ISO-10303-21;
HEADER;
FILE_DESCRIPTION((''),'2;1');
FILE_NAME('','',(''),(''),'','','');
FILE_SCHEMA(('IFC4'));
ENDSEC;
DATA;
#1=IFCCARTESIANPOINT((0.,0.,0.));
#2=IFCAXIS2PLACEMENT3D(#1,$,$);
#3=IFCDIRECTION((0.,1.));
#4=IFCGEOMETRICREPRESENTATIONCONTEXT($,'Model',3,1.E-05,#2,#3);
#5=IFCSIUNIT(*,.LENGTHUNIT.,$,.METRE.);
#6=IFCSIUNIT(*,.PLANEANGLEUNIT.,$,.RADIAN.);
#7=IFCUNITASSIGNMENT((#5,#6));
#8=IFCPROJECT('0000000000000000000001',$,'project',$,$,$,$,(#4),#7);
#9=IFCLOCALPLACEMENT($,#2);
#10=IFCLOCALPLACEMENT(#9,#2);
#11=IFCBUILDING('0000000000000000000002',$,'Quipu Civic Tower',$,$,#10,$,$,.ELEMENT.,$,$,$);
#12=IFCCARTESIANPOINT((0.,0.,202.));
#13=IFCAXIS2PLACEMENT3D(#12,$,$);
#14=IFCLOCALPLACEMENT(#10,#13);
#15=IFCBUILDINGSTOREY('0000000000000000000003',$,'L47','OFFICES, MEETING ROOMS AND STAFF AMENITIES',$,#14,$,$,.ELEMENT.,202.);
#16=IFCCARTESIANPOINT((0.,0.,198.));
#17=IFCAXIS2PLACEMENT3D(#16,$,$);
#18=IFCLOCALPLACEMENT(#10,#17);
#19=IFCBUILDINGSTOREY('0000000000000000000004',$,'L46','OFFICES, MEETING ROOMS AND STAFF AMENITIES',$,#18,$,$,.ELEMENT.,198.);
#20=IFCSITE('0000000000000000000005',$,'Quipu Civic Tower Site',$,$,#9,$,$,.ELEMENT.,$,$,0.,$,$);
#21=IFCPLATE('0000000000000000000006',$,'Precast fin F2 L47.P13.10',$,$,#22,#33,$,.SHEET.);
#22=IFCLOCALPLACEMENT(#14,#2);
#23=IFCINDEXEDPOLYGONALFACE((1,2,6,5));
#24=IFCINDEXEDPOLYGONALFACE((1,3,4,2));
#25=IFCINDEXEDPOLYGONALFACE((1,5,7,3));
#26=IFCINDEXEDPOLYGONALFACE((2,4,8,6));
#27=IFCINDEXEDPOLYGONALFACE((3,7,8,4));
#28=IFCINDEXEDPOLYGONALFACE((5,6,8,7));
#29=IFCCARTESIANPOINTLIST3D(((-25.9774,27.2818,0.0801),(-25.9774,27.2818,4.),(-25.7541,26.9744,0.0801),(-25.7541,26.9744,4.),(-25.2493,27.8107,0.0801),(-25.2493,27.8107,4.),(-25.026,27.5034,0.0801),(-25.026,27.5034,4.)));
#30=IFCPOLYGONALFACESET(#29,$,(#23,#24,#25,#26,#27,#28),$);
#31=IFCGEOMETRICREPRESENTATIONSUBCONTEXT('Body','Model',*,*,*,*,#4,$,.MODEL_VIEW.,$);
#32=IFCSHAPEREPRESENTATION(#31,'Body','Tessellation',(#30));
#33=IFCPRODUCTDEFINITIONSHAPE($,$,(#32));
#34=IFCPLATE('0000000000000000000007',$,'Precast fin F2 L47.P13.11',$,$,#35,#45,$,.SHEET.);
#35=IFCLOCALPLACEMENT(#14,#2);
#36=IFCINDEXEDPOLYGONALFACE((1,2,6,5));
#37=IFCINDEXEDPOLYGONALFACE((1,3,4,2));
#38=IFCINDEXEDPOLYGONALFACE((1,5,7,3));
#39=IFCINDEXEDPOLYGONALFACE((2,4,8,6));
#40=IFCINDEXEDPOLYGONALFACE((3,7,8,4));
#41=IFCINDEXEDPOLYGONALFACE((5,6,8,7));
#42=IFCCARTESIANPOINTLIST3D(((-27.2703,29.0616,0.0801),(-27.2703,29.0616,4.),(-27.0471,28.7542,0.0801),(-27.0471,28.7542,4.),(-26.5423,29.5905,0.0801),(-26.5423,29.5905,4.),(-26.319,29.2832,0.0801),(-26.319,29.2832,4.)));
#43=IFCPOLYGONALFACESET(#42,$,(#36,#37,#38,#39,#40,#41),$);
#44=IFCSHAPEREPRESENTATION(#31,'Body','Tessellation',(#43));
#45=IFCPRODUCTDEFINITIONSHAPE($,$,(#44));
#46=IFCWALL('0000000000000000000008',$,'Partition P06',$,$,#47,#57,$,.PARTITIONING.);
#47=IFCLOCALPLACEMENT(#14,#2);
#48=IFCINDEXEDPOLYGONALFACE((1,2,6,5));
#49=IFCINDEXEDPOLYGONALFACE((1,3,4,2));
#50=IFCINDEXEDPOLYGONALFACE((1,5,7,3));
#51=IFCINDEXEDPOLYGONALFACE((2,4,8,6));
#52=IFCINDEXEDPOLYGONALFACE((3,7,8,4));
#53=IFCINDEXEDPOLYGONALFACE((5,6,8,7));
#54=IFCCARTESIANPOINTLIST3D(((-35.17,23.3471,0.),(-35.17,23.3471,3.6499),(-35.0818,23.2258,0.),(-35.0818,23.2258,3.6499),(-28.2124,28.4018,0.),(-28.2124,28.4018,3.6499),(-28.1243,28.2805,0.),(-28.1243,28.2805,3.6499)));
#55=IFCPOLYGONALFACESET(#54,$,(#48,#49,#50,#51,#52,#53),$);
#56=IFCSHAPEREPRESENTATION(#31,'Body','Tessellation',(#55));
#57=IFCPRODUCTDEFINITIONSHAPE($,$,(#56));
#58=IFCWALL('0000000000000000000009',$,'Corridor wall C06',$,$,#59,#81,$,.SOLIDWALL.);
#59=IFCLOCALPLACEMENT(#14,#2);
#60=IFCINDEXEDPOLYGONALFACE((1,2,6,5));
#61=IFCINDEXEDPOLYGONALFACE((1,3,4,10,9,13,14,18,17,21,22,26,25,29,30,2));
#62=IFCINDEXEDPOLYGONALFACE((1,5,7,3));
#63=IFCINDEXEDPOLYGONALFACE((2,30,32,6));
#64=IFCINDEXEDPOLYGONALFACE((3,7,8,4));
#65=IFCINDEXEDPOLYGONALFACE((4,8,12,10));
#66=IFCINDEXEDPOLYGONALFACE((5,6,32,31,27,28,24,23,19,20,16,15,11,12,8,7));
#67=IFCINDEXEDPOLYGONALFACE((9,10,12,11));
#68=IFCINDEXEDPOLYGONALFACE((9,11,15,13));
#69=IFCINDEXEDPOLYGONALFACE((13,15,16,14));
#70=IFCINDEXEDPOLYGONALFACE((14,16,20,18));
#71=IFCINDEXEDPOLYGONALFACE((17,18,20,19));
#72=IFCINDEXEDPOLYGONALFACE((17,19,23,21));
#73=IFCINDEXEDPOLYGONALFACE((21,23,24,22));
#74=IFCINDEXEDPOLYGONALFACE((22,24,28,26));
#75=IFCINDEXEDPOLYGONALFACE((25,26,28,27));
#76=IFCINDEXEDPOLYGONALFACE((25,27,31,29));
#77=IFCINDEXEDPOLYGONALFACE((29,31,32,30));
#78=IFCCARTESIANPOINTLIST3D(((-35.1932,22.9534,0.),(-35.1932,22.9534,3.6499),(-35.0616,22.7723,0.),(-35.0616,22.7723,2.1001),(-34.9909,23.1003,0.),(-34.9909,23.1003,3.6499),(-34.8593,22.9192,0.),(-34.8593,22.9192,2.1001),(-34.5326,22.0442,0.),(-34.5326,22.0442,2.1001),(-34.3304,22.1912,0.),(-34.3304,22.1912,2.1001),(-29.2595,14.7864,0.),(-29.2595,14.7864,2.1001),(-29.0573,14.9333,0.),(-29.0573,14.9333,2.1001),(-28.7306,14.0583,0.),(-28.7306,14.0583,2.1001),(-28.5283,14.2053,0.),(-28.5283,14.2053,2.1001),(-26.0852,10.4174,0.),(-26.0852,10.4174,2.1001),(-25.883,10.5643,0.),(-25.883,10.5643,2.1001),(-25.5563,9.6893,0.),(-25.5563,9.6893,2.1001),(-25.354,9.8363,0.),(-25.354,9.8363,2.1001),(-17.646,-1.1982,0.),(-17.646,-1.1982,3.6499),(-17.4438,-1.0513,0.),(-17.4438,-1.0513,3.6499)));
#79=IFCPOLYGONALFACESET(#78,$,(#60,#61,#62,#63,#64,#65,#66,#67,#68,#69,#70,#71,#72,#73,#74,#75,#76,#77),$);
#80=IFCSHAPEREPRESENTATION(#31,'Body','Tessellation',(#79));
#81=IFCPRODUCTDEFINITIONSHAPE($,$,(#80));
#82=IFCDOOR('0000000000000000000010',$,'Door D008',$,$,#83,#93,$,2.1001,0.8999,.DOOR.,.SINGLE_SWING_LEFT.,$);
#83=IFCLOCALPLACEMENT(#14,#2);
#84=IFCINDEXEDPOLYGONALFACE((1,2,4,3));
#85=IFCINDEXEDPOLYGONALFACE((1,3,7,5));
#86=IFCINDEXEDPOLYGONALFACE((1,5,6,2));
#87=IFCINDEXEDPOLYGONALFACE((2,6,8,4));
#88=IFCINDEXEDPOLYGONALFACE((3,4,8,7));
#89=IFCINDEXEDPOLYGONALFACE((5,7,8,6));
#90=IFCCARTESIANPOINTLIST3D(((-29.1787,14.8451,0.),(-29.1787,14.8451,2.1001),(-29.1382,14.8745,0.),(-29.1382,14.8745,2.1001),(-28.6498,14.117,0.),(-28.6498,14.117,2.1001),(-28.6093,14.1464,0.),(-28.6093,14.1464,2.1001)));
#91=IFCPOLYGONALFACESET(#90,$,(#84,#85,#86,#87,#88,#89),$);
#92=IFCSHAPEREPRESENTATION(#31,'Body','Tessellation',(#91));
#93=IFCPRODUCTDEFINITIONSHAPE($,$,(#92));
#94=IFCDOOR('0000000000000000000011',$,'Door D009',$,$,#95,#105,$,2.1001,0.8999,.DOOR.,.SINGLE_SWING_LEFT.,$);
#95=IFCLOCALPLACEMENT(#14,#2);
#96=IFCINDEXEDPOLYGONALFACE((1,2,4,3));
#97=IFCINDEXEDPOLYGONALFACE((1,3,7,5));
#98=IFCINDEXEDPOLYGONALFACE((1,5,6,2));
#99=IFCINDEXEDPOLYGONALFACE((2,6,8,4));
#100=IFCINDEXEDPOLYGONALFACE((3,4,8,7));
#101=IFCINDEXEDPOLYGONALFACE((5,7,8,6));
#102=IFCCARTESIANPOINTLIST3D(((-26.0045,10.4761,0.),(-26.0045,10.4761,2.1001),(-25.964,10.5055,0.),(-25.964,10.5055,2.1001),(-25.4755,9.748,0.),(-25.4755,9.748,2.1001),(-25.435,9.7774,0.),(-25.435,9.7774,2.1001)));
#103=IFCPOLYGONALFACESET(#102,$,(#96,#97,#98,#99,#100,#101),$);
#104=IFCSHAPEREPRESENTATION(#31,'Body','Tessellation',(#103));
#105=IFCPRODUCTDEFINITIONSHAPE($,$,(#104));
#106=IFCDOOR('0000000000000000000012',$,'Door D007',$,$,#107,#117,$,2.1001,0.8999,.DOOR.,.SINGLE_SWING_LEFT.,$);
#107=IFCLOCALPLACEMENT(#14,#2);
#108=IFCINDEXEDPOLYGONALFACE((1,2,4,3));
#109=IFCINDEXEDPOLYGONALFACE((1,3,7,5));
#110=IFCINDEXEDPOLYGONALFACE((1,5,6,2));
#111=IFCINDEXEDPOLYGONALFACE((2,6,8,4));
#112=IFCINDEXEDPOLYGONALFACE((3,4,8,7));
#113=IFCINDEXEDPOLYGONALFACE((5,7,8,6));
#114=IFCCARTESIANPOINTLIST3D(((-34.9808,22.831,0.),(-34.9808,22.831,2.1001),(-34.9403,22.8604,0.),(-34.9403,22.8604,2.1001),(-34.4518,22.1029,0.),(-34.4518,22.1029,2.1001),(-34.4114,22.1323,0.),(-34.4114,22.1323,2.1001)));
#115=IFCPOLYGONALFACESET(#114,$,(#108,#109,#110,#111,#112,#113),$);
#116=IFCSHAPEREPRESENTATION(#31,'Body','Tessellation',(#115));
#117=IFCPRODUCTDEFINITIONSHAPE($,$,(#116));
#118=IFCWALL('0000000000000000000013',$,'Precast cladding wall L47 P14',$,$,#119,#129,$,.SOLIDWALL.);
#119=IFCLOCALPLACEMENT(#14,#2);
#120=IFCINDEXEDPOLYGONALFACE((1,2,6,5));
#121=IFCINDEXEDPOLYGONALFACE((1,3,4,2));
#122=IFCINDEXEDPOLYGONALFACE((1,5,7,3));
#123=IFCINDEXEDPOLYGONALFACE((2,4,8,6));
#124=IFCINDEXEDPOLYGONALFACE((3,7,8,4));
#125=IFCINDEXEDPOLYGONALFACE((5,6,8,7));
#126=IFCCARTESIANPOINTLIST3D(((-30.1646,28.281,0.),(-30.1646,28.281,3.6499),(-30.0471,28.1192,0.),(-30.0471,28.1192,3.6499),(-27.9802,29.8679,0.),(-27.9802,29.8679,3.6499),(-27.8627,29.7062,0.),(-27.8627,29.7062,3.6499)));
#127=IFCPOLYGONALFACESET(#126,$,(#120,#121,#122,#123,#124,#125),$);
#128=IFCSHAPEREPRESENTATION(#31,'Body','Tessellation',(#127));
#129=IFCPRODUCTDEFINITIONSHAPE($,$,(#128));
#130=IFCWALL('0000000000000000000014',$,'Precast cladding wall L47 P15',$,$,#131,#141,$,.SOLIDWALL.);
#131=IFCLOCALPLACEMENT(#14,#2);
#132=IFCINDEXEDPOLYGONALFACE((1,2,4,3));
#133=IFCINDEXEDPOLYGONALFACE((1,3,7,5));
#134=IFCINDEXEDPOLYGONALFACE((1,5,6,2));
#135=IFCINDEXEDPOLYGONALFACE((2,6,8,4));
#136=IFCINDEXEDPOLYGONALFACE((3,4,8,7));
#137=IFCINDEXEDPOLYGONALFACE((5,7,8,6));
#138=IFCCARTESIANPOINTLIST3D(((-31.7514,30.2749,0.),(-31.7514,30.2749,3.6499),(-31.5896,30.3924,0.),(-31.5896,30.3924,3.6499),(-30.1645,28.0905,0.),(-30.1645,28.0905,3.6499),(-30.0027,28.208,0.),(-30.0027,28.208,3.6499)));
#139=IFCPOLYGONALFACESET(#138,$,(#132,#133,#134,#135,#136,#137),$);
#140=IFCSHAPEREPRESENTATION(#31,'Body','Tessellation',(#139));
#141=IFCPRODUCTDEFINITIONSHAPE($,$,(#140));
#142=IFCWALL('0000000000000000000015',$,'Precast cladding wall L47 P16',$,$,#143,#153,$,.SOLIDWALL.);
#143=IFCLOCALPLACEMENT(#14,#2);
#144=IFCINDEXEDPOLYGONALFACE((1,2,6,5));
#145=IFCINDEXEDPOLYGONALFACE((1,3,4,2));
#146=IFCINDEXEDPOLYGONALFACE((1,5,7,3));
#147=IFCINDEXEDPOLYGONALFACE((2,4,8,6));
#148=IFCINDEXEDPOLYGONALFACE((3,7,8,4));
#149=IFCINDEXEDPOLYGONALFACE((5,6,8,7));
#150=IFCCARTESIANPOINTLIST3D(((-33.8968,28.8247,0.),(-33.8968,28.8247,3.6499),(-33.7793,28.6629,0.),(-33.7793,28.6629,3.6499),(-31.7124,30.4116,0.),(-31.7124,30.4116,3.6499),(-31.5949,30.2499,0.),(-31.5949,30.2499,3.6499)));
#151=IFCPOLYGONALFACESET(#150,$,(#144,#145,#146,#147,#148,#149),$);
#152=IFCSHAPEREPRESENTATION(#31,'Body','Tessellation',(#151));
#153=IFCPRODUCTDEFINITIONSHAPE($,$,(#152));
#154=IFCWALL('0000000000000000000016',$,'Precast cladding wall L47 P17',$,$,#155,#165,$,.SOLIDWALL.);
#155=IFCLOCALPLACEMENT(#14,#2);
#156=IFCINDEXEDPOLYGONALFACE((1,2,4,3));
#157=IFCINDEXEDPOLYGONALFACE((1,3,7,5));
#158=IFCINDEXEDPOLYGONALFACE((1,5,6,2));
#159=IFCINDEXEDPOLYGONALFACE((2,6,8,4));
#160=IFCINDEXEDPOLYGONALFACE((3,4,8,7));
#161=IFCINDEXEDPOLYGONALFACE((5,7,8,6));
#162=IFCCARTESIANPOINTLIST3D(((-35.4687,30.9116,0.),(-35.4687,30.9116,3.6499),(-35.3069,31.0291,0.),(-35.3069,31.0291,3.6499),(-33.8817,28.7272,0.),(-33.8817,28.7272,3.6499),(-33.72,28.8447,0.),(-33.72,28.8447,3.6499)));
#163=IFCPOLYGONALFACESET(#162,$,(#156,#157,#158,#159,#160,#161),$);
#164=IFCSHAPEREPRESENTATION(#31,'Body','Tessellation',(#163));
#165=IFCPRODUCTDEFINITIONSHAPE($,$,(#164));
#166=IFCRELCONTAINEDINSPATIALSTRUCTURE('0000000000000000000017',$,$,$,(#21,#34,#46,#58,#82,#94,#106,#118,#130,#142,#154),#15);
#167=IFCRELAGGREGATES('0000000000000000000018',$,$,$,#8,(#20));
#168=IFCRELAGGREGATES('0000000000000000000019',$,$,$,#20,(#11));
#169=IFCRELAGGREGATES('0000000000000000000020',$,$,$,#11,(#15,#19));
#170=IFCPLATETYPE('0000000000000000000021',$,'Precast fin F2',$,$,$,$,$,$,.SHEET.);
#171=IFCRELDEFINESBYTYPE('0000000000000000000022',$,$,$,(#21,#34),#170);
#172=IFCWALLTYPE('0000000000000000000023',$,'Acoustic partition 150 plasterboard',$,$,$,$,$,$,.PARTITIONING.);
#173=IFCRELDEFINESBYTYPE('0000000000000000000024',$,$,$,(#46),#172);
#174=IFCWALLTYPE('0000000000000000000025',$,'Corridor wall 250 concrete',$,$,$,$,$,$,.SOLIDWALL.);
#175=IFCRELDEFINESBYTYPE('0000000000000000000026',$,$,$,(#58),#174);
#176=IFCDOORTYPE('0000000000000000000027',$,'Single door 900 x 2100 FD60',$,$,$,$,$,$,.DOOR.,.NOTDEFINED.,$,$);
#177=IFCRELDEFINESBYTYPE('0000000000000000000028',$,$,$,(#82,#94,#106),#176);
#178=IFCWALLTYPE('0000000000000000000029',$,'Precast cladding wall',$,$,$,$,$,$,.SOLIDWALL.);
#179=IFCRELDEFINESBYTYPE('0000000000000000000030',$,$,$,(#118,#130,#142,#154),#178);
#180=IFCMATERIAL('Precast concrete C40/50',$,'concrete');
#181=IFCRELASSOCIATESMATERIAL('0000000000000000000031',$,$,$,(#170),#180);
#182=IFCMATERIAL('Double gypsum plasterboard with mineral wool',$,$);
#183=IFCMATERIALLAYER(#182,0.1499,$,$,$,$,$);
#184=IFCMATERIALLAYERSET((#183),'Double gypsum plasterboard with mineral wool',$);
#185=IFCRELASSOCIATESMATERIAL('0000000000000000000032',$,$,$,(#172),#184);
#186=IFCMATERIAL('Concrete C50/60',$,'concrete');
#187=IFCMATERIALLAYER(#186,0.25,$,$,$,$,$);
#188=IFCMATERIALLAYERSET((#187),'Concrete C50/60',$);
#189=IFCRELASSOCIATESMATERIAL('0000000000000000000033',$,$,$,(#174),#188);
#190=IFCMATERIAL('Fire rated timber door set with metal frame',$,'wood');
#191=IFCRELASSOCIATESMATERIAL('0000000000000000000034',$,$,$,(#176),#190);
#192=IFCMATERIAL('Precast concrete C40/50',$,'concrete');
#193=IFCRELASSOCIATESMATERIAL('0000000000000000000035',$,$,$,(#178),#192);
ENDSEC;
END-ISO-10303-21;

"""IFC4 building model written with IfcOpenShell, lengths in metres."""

from ifc_helpers import new_model, si_unit, direction, frame, frame_2d, origin, origin_2d, place, context, subcontext, project, spatial, rectangle, extrude, material, layer, layer_set, type_object, element, fill, save


model = new_model("IFC4")

# Units and contexts
model_context = context("Model", 3, precision=1e-05, world=origin(), true_north=direction((0.0, 1.0)))
body_context = subcontext(model_context, "Body", "Model", "MODEL_VIEW")
ifc_project = project(units=[si_unit("LENGTHUNIT", "METRE"), si_unit("PLANEANGLEUNIT", "RADIAN")], contexts=[model_context])

# Site, building, storey
site_placement = place(None, origin())
site = spatial("IfcSite", under=ifc_project, at=site_placement, Name="Quipu Civic Tower Site", CompositionType="ELEMENT", RefElevation=0.0)
building_placement = place(site_placement, origin())
building = spatial("IfcBuilding", under=site, at=building_placement, Name="Quipu Civic Tower", CompositionType="ELEMENT")
storey_1_placement = place(building_placement, frame((0.0, 0.0, 202.0)))
storey_1 = spatial("IfcBuildingStorey", under=building, at=storey_1_placement, Name="L47", Description="OFFICES, MEETING ROOMS AND STAFF AMENITIES", CompositionType="ELEMENT", Elevation=202.0)

# Shared definitions
storey_2_placement = place(building_placement, frame((0.0, 0.0, 198.0)))
storey_2 = spatial("IfcBuildingStorey", under=building, at=storey_2_placement, Name="L46", Description="OFFICES, MEETING ROOMS AND STAFF AMENITIES", CompositionType="ELEMENT", Elevation=198.0)

# Plates
ifc_material_1 = material(Name="Precast concrete C40/50", Category="concrete")
plate_type_1 = type_object("IfcPlateType", Name="Precast fin F2", PredefinedType="SHEET", material=ifc_material_1)
for number, where, z_axis, x_axis, name in (
    (1, (-25.5017, 27.3926, 0.0801), (0.0, 0.0, 1.0), (-0.587787, 0.809016, 0.0), "Precast fin F2 L47.P13.10"),
    (2, (-26.7947, 29.1724, 0.0801), (0.0, 0.0, 1.0), (-0.587787, 0.809016, 0.0), "Precast fin F2 L47.P13.11"),
):
    element("IfcPlate", number, at=place(storey_1_placement, frame(where, z_axis=z_axis, x_axis=x_axis)), inside=storey_1, type_object=plate_type_1, Name=name, PredefinedType="SHEET", context=body_context, shape_type="SweptSolid", body=[
        extrude(rectangle(XDim=0.3799, YDim=0.8999, at=origin_2d()), origin(), (0.0, 0.0, 1.0), 3.9199),
    ])

# Wall
ifc_material_2 = material(Name="Double gypsum plasterboard with mineral wool")
ifc_layer_1 = layer(ifc_material_2, 0.1499)
ifc_layer_set_1 = layer_set([ifc_layer_1], Name="Double gypsum plasterboard with mineral wool")
wall_type_1 = type_object("IfcWallType", Name="Acoustic partition 150 plasterboard", PredefinedType="PARTITIONING", material=ifc_layer_set_1)
wall_1_placement = place(storey_1_placement, frame((-28.1685, 28.3411, 0.0), z_axis=(0.0, 0.0, 1.0), x_axis=(-0.809031, -0.587767, 0.0)))
element("IfcWall", 3, at=wall_1_placement, inside=storey_1, type_object=wall_type_1, Name="Partition P06", PredefinedType="PARTITIONING", context=body_context, shape_type="SweptSolid", body=[
    extrude(rectangle(XDim=8.5999, YDim=0.1499, at=frame_2d((4.2998, 0.0))), origin(), (0.0, 0.0, 1.0), 3.6499),
])

# Wall, openings, doors
ifc_material_3 = material(Name="Concrete C50/60", Category="concrete")
ifc_layer_2 = layer(ifc_material_3, 0.25)
ifc_layer_set_2 = layer_set([ifc_layer_2], Name="Concrete C50/60")
wall_type_2 = type_object("IfcWallType", Name="Corridor wall 250 concrete", PredefinedType="SOLIDWALL", material=ifc_layer_set_2)
wall_2_placement = place(storey_1_placement, frame((-35.092, 23.0269, 0.0), z_axis=(0.0, 0.0, 1.0), x_axis=(0.587784, -0.809018, 0.0)))
wall_2 = element("IfcWall", 4, at=wall_2_placement, inside=storey_1, type_object=wall_type_2, Name="Corridor wall C06", PredefinedType="SOLIDWALL", context=body_context, shape_type="SweptSolid", body=[
    extrude(rectangle(XDim=29.853, YDim=0.25, at=frame_2d((14.9265, 0.0))), origin(), (0.0, 0.0, 1.0), 3.6499),
])
opening_1_placement = place(wall_2_placement, frame((10.095, 0.0, 0.0)))
opening_1 = element("IfcOpeningElement", 5, at=opening_1_placement, cuts=wall_2, PredefinedType="OPENING", context=body_context, shape_type="SweptSolid", body=[
    extrude(rectangle(XDim=0.8999, YDim=2.1001, at=frame_2d((0.45, 1.05))), frame((0.0, 0.135, 0.0), z_axis=(0.0, -1.0, 0.0), x_axis=(1.0, 0.0, 0.0)), (0.0, 0.0, 1.0), 0.27),
])
opening_2_placement = place(wall_2_placement, frame((15.4954, 0.0, 0.0)))
opening_2 = element("IfcOpeningElement", 6, at=opening_2_placement, cuts=wall_2, PredefinedType="OPENING", context=body_context, shape_type="SweptSolid", body=[
    extrude(rectangle(XDim=0.8999, YDim=2.1001, at=frame_2d((0.45, 1.05))), frame((0.0, 0.135, 0.0), z_axis=(0.0, -1.0, 0.0), x_axis=(1.0, 0.0, 0.0)), (0.0, 0.0, 1.0), 0.27),
])
opening_3_placement = place(wall_2_placement, frame((0.2239, 0.0, 0.0)))
opening_3 = element("IfcOpeningElement", 7, at=opening_3_placement, cuts=wall_2, PredefinedType="OPENING", context=body_context, shape_type="SweptSolid", body=[
    extrude(rectangle(XDim=0.8999, YDim=2.1001, at=frame_2d((0.45, 1.05))), frame((0.0, 0.135, 0.0), z_axis=(0.0, -1.0, 0.0), x_axis=(1.0, 0.0, 0.0)), (0.0, 0.0, 1.0), 0.27),
])
ifc_material_4 = material(Name="Fire rated timber door set with metal frame", Category="wood")
door_type = type_object("IfcDoorType", Name="Single door 900 x 2100 FD60", OperationType="NOTDEFINED", PredefinedType="DOOR", material=ifc_material_4)
door_1_placement = place(opening_1_placement, origin())
door_1 = element("IfcDoor", 8, at=door_1_placement, inside=storey_1, type_object=door_type, Name="Door D008", OperationType="SINGLE_SWING_LEFT", OverallHeight=2.1001, OverallWidth=0.8999, PredefinedType="DOOR", context=body_context, shape_type="SweptSolid", body=[
    extrude(rectangle(XDim=0.8999, YDim=2.1001, at=frame_2d((0.45, 1.05))), frame((0.0, 0.0249, 0.0), z_axis=(0.0, -1.0, 0.0), x_axis=(1.0, 0.0, 0.0)), (0.0, 0.0, 1.0), 0.05),
])
fill(opening_1, door_1)
door_2_placement = place(opening_2_placement, origin())
door_2 = element("IfcDoor", 9, at=door_2_placement, inside=storey_1, type_object=door_type, Name="Door D009", OperationType="SINGLE_SWING_LEFT", OverallHeight=2.1001, OverallWidth=0.8999, PredefinedType="DOOR", context=body_context, shape_type="SweptSolid", body=[
    extrude(rectangle(XDim=0.8999, YDim=2.1001, at=frame_2d((0.45, 1.05))), frame((0.0, 0.0249, 0.0), z_axis=(0.0, -1.0, 0.0), x_axis=(1.0, 0.0, 0.0)), (0.0, 0.0, 1.0), 0.05),
])
fill(opening_2, door_2)
door_3_placement = place(opening_3_placement, origin())
door_3 = element("IfcDoor", 10, at=door_3_placement, inside=storey_1, type_object=door_type, Name="Door D007", OperationType="SINGLE_SWING_LEFT", OverallHeight=2.1001, OverallWidth=0.8999, PredefinedType="DOOR", context=body_context, shape_type="SweptSolid", body=[
    extrude(rectangle(XDim=0.8999, YDim=2.1001, at=frame_2d((0.45, 1.05))), frame((0.0, 0.0249, 0.0), z_axis=(0.0, -1.0, 0.0), x_axis=(1.0, 0.0, 0.0)), (0.0, 0.0, 1.0), 0.05),
])
fill(opening_3, door_3)

# Walls
ifc_material_5 = material(Name="Precast concrete C40/50", Category="concrete")
wall_type_3 = type_object("IfcWallType", Name="Precast cladding wall", PredefinedType="SOLIDWALL", material=ifc_material_5)
for number, where, z_axis, x_axis, name in (
    (11, (-27.9214, 29.7871, 0.0), (0.0, 0.0, 1.0), (-0.809033, -0.587763, 0.0), "Precast cladding wall L47 P14"),
    (12, (-30.0835, 28.1492, 0.0), (0.0, 0.0, 1.0), (-0.587763, 0.809033, 0.0), "Precast cladding wall L47 P15"),
    (13, (-31.6536, 30.3308, 0.0), (0.0, 0.0, 1.0), (-0.809033, -0.587763, 0.0), "Precast cladding wall L47 P16"),
    (14, (-33.8008, 28.7859, 0.0), (0.0, 0.0, 1.0), (-0.587763, 0.809033, 0.0), "Precast cladding wall L47 P17"),
):
    element("IfcWall", number, at=place(storey_1_placement, frame(where, z_axis=z_axis, x_axis=x_axis)), inside=storey_1, type_object=wall_type_3, Name=name, PredefinedType="SOLIDWALL", context=body_context, shape_type="SweptSolid", body=[
        extrude(rectangle(XDim=2.7, YDim=0.2, at=frame_2d((1.3501, 0.0))), origin(), (0.0, 0.0, 1.0), 3.6499),
    ])

save(model, "model.ifc")
